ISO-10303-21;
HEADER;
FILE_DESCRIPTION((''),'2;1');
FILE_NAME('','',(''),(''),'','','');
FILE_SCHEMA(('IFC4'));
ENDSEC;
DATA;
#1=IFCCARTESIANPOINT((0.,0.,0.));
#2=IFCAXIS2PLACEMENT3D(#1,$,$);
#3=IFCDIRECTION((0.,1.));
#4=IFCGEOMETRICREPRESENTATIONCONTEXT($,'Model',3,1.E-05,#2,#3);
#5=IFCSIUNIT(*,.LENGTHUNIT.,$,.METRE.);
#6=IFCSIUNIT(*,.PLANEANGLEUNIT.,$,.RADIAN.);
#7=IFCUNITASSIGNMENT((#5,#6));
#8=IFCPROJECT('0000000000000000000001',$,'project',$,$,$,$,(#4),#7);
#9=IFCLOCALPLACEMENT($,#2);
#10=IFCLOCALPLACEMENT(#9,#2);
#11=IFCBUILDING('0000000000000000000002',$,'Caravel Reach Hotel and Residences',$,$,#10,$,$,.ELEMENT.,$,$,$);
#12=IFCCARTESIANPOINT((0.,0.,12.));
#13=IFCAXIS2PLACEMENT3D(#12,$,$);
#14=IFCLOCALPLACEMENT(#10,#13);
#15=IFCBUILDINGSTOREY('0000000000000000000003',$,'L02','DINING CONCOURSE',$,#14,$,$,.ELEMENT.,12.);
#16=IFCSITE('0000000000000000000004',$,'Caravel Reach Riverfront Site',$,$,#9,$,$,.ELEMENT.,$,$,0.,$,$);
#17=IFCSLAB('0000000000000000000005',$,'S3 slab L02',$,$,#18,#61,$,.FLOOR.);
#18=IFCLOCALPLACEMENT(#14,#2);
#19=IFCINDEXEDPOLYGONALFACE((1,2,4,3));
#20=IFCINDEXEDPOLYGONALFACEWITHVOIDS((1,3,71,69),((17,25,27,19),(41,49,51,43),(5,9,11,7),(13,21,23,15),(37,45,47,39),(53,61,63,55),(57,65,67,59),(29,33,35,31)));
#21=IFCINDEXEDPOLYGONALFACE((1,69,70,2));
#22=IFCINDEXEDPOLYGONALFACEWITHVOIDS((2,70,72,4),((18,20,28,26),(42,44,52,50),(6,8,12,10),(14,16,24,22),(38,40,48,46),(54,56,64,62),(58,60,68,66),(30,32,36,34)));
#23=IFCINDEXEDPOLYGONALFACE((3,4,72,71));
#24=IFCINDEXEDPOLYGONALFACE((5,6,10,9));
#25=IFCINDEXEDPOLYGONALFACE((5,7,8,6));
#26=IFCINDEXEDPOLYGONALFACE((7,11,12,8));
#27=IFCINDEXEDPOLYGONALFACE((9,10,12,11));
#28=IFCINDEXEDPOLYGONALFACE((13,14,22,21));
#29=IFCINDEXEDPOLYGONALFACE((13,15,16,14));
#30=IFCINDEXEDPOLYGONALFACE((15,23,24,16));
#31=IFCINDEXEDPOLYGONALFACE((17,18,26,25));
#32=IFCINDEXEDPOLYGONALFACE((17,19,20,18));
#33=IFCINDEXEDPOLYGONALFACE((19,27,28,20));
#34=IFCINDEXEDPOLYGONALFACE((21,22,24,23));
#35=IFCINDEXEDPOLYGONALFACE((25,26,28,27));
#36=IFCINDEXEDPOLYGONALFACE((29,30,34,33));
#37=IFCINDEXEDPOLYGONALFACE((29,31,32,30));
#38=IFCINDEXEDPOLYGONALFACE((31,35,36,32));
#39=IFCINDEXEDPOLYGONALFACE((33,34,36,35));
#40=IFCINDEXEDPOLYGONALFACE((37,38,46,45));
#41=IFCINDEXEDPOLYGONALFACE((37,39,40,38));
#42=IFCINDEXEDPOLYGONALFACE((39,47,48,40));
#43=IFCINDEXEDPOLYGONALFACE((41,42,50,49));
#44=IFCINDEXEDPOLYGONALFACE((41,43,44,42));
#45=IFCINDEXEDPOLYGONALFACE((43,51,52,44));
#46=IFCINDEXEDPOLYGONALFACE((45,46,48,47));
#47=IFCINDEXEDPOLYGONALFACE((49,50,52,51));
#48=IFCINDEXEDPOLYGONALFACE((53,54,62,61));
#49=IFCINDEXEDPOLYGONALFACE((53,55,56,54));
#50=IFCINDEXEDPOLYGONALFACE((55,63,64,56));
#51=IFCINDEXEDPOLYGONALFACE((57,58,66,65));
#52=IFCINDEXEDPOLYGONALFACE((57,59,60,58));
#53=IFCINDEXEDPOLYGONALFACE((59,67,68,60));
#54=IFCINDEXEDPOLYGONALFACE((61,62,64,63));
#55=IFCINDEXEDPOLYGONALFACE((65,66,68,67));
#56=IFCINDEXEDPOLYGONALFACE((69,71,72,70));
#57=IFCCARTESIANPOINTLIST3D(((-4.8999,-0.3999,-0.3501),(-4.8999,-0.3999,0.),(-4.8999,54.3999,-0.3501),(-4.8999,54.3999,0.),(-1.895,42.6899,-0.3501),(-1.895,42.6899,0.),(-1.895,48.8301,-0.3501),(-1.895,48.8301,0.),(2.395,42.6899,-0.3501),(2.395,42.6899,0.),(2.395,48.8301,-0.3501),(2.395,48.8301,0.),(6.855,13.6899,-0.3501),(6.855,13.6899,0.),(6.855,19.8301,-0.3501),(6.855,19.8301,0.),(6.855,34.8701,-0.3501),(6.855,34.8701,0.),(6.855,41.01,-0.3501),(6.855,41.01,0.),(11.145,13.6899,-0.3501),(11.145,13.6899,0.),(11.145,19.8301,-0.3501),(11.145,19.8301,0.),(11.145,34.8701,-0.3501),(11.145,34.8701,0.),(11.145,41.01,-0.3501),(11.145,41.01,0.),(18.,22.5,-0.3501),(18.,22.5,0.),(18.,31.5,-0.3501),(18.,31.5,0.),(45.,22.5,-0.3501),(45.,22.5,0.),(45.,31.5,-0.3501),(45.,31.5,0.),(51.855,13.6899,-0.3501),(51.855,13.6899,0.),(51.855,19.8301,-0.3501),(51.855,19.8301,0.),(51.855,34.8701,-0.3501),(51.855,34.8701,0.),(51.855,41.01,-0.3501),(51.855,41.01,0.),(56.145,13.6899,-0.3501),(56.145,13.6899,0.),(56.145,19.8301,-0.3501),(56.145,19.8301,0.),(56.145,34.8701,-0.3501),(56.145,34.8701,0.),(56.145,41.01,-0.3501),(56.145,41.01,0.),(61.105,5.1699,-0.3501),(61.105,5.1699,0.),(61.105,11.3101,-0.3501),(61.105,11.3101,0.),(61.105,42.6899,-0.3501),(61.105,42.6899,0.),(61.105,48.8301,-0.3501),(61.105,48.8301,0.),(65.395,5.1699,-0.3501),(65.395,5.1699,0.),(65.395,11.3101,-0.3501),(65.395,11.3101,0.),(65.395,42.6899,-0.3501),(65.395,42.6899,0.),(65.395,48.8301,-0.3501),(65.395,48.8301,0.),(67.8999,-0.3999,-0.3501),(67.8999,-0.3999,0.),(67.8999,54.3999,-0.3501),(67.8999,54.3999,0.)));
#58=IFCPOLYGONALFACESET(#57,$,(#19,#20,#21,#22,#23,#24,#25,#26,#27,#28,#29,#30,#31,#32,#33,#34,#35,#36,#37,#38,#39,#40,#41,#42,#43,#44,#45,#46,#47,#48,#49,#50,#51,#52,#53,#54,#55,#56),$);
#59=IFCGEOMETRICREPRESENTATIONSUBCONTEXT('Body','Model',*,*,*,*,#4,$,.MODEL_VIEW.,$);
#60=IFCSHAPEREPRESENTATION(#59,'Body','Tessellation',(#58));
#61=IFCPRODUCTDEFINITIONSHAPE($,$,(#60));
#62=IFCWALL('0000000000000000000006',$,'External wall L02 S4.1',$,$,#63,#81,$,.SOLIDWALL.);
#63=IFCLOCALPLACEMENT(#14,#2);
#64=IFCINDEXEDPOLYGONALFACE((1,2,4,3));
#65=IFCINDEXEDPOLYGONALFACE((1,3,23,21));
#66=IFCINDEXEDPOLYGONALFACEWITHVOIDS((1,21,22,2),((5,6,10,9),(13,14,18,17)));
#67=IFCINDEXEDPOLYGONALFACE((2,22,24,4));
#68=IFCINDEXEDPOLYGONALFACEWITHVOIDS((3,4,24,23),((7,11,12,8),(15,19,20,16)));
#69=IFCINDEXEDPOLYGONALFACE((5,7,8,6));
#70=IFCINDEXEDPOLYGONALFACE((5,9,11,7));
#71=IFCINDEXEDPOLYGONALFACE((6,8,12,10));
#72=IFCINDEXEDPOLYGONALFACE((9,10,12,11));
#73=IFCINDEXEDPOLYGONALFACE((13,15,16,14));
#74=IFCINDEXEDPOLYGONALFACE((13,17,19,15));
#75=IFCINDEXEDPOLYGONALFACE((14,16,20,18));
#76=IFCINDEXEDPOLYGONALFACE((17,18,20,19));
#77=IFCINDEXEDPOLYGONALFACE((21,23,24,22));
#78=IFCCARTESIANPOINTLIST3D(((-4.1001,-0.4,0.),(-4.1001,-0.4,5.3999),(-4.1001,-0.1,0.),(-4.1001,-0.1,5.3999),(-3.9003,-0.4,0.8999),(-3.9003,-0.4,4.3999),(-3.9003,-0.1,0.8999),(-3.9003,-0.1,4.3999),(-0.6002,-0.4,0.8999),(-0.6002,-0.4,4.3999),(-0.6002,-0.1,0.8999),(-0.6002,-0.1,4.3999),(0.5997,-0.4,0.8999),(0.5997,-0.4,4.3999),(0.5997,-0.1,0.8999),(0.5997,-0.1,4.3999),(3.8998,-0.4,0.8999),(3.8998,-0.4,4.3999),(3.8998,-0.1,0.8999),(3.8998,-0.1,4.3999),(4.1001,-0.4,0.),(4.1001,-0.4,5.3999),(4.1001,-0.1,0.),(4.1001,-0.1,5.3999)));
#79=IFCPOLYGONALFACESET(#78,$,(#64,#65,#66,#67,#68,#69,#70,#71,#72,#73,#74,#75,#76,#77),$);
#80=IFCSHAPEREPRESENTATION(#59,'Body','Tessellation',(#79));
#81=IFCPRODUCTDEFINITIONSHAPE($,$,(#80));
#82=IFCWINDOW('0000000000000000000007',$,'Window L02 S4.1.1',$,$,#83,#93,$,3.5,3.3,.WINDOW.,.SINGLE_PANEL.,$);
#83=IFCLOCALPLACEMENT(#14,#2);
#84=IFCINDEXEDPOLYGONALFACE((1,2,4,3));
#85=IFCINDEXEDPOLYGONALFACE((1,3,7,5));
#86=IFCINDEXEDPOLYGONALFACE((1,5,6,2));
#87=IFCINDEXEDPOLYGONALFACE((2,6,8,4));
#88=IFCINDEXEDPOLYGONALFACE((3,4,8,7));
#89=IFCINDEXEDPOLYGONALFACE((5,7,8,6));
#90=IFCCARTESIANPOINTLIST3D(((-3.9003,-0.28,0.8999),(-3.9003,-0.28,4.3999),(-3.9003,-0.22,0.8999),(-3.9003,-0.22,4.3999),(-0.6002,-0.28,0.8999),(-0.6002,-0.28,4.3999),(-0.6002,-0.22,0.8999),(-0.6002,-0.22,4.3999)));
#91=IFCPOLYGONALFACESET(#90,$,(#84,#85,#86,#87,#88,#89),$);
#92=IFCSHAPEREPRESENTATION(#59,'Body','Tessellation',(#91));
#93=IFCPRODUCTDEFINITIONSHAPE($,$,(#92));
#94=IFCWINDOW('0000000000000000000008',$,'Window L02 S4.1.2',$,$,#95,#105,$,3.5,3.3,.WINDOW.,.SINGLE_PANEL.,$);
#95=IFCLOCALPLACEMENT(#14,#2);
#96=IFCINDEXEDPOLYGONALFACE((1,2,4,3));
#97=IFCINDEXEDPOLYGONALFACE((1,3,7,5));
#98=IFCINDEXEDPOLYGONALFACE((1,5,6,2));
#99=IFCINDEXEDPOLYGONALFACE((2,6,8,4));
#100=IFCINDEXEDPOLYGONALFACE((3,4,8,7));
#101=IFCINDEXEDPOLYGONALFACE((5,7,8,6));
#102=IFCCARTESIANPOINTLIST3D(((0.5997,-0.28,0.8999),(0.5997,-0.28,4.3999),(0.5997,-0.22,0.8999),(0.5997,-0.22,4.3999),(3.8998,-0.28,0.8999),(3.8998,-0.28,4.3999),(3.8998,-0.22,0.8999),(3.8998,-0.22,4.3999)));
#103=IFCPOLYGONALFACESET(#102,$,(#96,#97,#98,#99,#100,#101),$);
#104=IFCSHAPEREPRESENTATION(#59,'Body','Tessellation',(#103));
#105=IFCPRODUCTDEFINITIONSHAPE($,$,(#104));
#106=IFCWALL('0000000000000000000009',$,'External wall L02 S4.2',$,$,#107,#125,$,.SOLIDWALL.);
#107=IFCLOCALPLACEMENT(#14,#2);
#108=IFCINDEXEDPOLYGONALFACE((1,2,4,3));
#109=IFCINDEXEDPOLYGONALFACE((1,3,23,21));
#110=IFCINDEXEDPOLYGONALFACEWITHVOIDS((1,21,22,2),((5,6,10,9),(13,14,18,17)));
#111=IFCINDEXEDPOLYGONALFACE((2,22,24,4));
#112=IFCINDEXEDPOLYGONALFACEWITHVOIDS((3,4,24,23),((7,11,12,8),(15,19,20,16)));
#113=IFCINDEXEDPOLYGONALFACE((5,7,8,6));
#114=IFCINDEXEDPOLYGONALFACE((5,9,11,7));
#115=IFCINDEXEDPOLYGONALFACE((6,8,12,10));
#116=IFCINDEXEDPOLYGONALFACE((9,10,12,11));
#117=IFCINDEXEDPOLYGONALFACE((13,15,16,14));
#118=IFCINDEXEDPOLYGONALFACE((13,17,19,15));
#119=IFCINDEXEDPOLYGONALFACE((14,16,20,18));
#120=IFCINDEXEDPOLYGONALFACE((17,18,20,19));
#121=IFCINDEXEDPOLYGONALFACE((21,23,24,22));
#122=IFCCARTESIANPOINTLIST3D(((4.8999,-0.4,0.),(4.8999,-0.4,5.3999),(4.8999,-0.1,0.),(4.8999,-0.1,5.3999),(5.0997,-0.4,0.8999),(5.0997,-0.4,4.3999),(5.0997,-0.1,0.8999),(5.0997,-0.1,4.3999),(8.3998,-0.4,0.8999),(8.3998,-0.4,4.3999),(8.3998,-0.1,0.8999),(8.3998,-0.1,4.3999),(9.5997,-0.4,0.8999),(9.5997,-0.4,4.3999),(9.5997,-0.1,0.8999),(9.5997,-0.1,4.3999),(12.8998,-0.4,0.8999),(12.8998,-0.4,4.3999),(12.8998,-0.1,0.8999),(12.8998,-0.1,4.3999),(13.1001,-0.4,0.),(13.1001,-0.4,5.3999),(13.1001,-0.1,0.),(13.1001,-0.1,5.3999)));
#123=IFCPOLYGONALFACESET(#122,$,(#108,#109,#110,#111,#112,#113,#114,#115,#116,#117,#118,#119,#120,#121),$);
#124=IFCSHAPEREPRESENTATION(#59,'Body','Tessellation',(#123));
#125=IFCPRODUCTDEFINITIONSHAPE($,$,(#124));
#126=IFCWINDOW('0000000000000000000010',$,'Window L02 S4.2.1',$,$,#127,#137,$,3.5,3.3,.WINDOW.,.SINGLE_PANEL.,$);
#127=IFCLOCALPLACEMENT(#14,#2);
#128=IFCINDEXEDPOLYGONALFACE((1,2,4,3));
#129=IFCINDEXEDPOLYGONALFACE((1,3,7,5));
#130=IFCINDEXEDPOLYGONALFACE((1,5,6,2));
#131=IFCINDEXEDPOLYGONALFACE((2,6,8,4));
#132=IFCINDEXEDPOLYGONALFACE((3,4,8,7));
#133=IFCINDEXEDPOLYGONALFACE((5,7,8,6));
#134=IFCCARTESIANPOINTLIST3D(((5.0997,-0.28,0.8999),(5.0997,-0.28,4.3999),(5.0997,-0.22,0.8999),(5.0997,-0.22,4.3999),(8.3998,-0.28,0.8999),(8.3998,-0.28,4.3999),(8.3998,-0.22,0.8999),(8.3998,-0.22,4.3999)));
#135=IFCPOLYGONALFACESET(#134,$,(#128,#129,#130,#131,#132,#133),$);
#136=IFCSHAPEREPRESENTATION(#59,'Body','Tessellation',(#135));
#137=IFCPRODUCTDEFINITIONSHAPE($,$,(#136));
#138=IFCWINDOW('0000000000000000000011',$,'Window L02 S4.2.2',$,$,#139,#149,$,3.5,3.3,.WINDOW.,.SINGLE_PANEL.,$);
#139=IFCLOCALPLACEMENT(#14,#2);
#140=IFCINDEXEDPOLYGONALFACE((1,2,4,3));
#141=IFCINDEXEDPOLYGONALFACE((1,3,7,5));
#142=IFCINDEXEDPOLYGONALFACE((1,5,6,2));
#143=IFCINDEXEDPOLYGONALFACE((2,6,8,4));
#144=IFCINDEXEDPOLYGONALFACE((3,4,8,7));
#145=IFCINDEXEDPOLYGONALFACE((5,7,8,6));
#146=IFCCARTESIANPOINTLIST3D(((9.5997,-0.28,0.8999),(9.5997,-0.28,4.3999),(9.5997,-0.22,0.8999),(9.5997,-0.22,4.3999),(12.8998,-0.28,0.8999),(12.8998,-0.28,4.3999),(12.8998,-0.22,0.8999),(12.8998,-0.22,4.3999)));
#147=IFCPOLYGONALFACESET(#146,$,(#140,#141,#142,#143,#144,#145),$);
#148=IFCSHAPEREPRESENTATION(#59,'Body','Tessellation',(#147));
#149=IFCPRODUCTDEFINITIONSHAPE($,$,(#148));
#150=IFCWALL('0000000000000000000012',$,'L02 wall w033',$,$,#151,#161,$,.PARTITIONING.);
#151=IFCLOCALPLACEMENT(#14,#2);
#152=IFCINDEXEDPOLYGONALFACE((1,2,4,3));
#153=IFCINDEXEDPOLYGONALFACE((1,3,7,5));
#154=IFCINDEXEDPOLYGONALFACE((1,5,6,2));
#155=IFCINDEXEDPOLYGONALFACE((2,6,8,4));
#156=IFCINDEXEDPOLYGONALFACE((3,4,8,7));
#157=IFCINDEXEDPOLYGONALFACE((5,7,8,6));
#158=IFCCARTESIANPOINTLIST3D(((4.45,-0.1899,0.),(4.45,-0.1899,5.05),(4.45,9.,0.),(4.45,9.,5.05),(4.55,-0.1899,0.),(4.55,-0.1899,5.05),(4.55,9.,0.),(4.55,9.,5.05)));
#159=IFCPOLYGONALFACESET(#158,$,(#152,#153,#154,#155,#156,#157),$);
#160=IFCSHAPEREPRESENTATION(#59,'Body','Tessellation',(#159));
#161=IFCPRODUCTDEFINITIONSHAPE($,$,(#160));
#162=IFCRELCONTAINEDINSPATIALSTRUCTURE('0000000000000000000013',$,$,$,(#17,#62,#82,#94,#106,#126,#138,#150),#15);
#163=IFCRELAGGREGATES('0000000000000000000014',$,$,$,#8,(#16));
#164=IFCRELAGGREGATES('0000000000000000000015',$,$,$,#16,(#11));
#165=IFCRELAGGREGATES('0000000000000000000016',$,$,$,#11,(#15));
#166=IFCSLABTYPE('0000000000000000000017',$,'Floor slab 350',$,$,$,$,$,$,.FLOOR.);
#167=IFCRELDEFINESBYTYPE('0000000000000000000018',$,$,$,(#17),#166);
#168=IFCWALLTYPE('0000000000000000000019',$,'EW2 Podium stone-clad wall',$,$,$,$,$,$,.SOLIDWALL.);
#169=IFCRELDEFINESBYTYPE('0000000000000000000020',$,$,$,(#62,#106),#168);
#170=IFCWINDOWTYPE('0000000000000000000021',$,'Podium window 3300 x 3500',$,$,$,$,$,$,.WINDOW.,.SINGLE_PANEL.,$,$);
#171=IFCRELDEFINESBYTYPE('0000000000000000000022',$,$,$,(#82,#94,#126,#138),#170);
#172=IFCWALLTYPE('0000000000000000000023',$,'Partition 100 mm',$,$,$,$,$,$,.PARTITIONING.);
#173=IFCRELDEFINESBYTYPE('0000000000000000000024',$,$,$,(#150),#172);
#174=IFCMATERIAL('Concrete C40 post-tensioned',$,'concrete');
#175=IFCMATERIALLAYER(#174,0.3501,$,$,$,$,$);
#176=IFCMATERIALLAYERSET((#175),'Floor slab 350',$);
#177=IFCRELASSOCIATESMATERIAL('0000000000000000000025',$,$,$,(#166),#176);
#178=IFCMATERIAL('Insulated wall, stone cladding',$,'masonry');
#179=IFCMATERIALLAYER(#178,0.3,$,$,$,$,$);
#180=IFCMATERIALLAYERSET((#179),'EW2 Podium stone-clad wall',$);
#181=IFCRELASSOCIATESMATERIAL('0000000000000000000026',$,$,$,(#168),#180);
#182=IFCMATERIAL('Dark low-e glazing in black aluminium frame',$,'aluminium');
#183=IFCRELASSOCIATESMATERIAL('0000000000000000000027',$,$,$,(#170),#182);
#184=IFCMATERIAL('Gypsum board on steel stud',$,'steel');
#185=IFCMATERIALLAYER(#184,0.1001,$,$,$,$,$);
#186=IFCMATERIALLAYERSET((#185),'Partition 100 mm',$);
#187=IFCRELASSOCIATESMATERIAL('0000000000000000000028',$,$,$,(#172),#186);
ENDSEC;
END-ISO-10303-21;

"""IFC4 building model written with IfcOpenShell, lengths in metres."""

from ifc_helpers import new_model, si_unit, direction, frame, frame_2d, origin, place, context, subcontext, project, spatial, polyline, rectangle, outline, extrude, material, layer, layer_set, type_object, element, fill, save


model = new_model("IFC4")

# Units and contexts
model_context = context("Model", 3, precision=1e-05, world=origin(), true_north=direction((0.0, 1.0)))
body_context = subcontext(model_context, "Body", "Model", "MODEL_VIEW")
ifc_project = project(units=[si_unit("LENGTHUNIT", "METRE"), si_unit("PLANEANGLEUNIT", "RADIAN")], contexts=[model_context])

# Site, building, storey
site_placement = place(None, origin())
site = spatial("IfcSite", under=ifc_project, at=site_placement, Name="Caravel Reach Riverfront Site", CompositionType="ELEMENT", RefElevation=0.0)
building_placement = place(site_placement, origin())
building = spatial("IfcBuilding", under=site, at=building_placement, Name="Caravel Reach Hotel and Residences", CompositionType="ELEMENT")
storey_placement = place(building_placement, frame((0.0, 0.0, 12.0)))
storey = spatial("IfcBuildingStorey", under=building, at=storey_placement, Name="L02", Description="DINING CONCOURSE", CompositionType="ELEMENT", Elevation=12.0)

# Slab
ifc_material_1 = material(Name="Concrete C40 post-tensioned", Category="concrete")
ifc_layer_1 = layer(ifc_material_1, 0.3501)
ifc_layer_set_1 = layer_set([ifc_layer_1], Name="Floor slab 350")
slab_type_1 = type_object("IfcSlabType", Name="Floor slab 350", PredefinedType="FLOOR", material=ifc_layer_set_1)
slab_1_placement = place(storey_placement, frame((0.0, 0.0, -0.3501)))
element("IfcSlab", 1, at=slab_1_placement, inside=storey, type_object=slab_type_1, Name="S3 slab L02", PredefinedType="FLOOR", context=body_context, shape_type="SweptSolid", body=[
    extrude(outline(polyline([(-4.8999, -0.3999), (-4.8999, 54.3999), (67.8999, 54.3999), (67.8999, -0.3999), (-4.8999, -0.3999)]), holes=[polyline([(45.0, 22.5), (45.0, 31.5), (18.0, 31.5), (18.0, 22.5), (45.0, 22.5)]), polyline([(11.145, 41.01), (6.855, 41.01), (6.855, 34.8701), (11.145, 34.8701), (11.145, 41.01)]), polyline([(56.145, 34.8701), (56.145, 41.01), (51.855, 41.01), (51.855, 34.8701), (56.145, 34.8701)]), polyline([(11.145, 19.8301), (6.855, 19.8301), (6.855, 13.6899), (11.145, 13.6899), (11.145, 19.8301)]), polyline([(56.145, 13.6899), (56.145, 19.8301), (51.855, 19.8301), (51.855, 13.6899), (56.145, 13.6899)]), polyline([(-1.895, 42.6899), (2.395, 42.6899), (2.395, 48.8301), (-1.895, 48.8301), (-1.895, 42.6899)]), polyline([(61.105, 48.8301), (61.105, 42.6899), (65.395, 42.6899), (65.395, 48.8301), (61.105, 48.8301)]), polyline([(61.105, 5.1699), (65.395, 5.1699), (65.395, 11.3101), (61.105, 11.3101), (61.105, 5.1699)])]), origin(), (0.0, 0.0, 1.0), 0.3501),
])

# Walls, openings, windows
ifc_material_2 = material(Name="Insulated wall, stone cladding", Category="masonry")
ifc_layer_2 = layer(ifc_material_2, 0.3)
ifc_layer_set_2 = layer_set([ifc_layer_2], Name="EW2 Podium stone-clad wall")
wall_type_1 = type_object("IfcWallType", Name="EW2 Podium stone-clad wall", PredefinedType="SOLIDWALL", material=ifc_layer_set_2)
wall_1_placement = place(storey_placement, frame((-4.1001, -0.25, 0.0), z_axis=(0.0, 0.0, 1.0), x_axis=(1.0, 0.0, 0.0)))
wall_1 = element("IfcWall", 2, at=wall_1_placement, inside=storey, type_object=wall_type_1, Name="External wall L02 S4.1", PredefinedType="SOLIDWALL", context=body_context, shape_type="SweptSolid", body=[
    extrude(rectangle(XDim=8.2002, YDim=0.3, at=frame_2d((4.1001, 0.0))), origin(), (0.0, 0.0, 1.0), 5.3999),
])
opening_1_placement = place(wall_1_placement, frame((0.2, 0.0, 0.8999)))
opening_1 = element("IfcOpeningElement", 3, at=opening_1_placement, cuts=wall_1, PredefinedType="OPENING", context=body_context, shape_type="SweptSolid", body=[
    extrude(rectangle(XDim=3.3, YDim=3.5, at=frame_2d((1.6499, 1.75))), frame((0.0, 0.1599, 0.0), z_axis=(0.0, -1.0, 0.0), x_axis=(1.0, 0.0, 0.0)), (0.0, 0.0, 1.0), 0.3201),
])
opening_2_placement = place(wall_1_placement, frame((4.7, 0.0, 0.8999)))
opening_2 = element("IfcOpeningElement", 4, at=opening_2_placement, cuts=wall_1, PredefinedType="OPENING", context=body_context, shape_type="SweptSolid", body=[
    extrude(rectangle(XDim=3.3, YDim=3.5, at=frame_2d((1.6499, 1.75))), frame((0.0, 0.1599, 0.0), z_axis=(0.0, -1.0, 0.0), x_axis=(1.0, 0.0, 0.0)), (0.0, 0.0, 1.0), 0.3201),
])
ifc_material_3 = material(Name="Dark low-e glazing in black aluminium frame", Category="aluminium")
window_type = type_object("IfcWindowType", Name="Podium window 3300 x 3500", PartitioningType="SINGLE_PANEL", PredefinedType="WINDOW", material=ifc_material_3)
window_1_placement = place(opening_1_placement, origin())
window_1 = element("IfcWindow", 5, at=window_1_placement, inside=storey, type_object=window_type, Name="Window L02 S4.1.1", OverallHeight=3.5, OverallWidth=3.3, PartitioningType="SINGLE_PANEL", PredefinedType="WINDOW", context=body_context, shape_type="SweptSolid", body=[
    extrude(rectangle(XDim=3.3, YDim=3.5, at=frame_2d((1.6499, 1.75))), frame((0.0, 0.03, 0.0), z_axis=(0.0, -1.0, 0.0), x_axis=(1.0, 0.0, 0.0)), (0.0, 0.0, 1.0), 0.0601),
])
fill(opening_1, window_1)
window_2_placement = place(opening_2_placement, origin())
window_2 = element("IfcWindow", 6, at=window_2_placement, inside=storey, type_object=window_type, Name="Window L02 S4.1.2", OverallHeight=3.5, OverallWidth=3.3, PartitioningType="SINGLE_PANEL", PredefinedType="WINDOW", context=body_context, shape_type="SweptSolid", body=[
    extrude(rectangle(XDim=3.3, YDim=3.5, at=frame_2d((1.6499, 1.75))), frame((0.0, 0.03, 0.0), z_axis=(0.0, -1.0, 0.0), x_axis=(1.0, 0.0, 0.0)), (0.0, 0.0, 1.0), 0.0601),
])
fill(opening_2, window_2)
wall_2_placement = place(storey_placement, frame((4.8999, -0.25, 0.0), z_axis=(0.0, 0.0, 1.0), x_axis=(1.0, 0.0, 0.0)))
wall_2 = element("IfcWall", 7, at=wall_2_placement, inside=storey, type_object=wall_type_1, Name="External wall L02 S4.2", PredefinedType="SOLIDWALL", context=body_context, shape_type="SweptSolid", body=[
    extrude(rectangle(XDim=8.2002, YDim=0.3, at=frame_2d((4.1001, 0.0))), origin(), (0.0, 0.0, 1.0), 5.3999),
])
opening_3_placement = place(wall_2_placement, frame((0.2, 0.0, 0.8999)))
opening_3 = element("IfcOpeningElement", 8, at=opening_3_placement, cuts=wall_2, PredefinedType="OPENING", context=body_context, shape_type="SweptSolid", body=[
    extrude(rectangle(XDim=3.3, YDim=3.5, at=frame_2d((1.6499, 1.75))), frame((0.0, 0.1599, 0.0), z_axis=(0.0, -1.0, 0.0), x_axis=(1.0, 0.0, 0.0)), (0.0, 0.0, 1.0), 0.3201),
])
opening_4_placement = place(wall_2_placement, frame((4.7, 0.0, 0.8999)))
opening_4 = element("IfcOpeningElement", 9, at=opening_4_placement, cuts=wall_2, PredefinedType="OPENING", context=body_context, shape_type="SweptSolid", body=[
    extrude(rectangle(XDim=3.3, YDim=3.5, at=frame_2d((1.6499, 1.75))), frame((0.0, 0.1599, 0.0), z_axis=(0.0, -1.0, 0.0), x_axis=(1.0, 0.0, 0.0)), (0.0, 0.0, 1.0), 0.3201),
])
window_3_placement = place(opening_3_placement, origin())
window_3 = element("IfcWindow", 10, at=window_3_placement, inside=storey, type_object=window_type, Name="Window L02 S4.2.1", OverallHeight=3.5, OverallWidth=3.3, PartitioningType="SINGLE_PANEL", PredefinedType="WINDOW", context=body_context, shape_type="SweptSolid", body=[
    extrude(rectangle(XDim=3.3, YDim=3.5, at=frame_2d((1.6499, 1.75))), frame((0.0, 0.03, 0.0), z_axis=(0.0, -1.0, 0.0), x_axis=(1.0, 0.0, 0.0)), (0.0, 0.0, 1.0), 0.0601),
])
fill(opening_3, window_3)
window_4_placement = place(opening_4_placement, origin())
window_4 = element("IfcWindow", 11, at=window_4_placement, inside=storey, type_object=window_type, Name="Window L02 S4.2.2", OverallHeight=3.5, OverallWidth=3.3, PartitioningType="SINGLE_PANEL", PredefinedType="WINDOW", context=body_context, shape_type="SweptSolid", body=[
    extrude(rectangle(XDim=3.3, YDim=3.5, at=frame_2d((1.6499, 1.75))), frame((0.0, 0.03, 0.0), z_axis=(0.0, -1.0, 0.0), x_axis=(1.0, 0.0, 0.0)), (0.0, 0.0, 1.0), 0.0601),
])
fill(opening_4, window_4)

# Wall
ifc_material_4 = material(Name="Gypsum board on steel stud", Category="steel")
ifc_layer_3 = layer(ifc_material_4, 0.1001)
ifc_layer_set_3 = layer_set([ifc_layer_3], Name="Partition 100 mm")
wall_type_2 = type_object("IfcWallType", Name="Partition 100 mm", PredefinedType="PARTITIONING", material=ifc_layer_set_3)
wall_3_placement = place(storey_placement, frame((4.5, -0.1899, 0.0), z_axis=(0.0, 0.0, 1.0), x_axis=(0.0, 1.0, 0.0)))
element("IfcWall", 12, at=wall_3_placement, inside=storey, type_object=wall_type_2, Name="L02 wall w033", PredefinedType="PARTITIONING", context=body_context, shape_type="SweptSolid", body=[
    extrude(rectangle(XDim=9.1899, YDim=0.1001, at=frame_2d((4.595, 0.0))), origin(), (0.0, 0.0, 1.0), 5.05),
])

save(model, "model.ifc")
